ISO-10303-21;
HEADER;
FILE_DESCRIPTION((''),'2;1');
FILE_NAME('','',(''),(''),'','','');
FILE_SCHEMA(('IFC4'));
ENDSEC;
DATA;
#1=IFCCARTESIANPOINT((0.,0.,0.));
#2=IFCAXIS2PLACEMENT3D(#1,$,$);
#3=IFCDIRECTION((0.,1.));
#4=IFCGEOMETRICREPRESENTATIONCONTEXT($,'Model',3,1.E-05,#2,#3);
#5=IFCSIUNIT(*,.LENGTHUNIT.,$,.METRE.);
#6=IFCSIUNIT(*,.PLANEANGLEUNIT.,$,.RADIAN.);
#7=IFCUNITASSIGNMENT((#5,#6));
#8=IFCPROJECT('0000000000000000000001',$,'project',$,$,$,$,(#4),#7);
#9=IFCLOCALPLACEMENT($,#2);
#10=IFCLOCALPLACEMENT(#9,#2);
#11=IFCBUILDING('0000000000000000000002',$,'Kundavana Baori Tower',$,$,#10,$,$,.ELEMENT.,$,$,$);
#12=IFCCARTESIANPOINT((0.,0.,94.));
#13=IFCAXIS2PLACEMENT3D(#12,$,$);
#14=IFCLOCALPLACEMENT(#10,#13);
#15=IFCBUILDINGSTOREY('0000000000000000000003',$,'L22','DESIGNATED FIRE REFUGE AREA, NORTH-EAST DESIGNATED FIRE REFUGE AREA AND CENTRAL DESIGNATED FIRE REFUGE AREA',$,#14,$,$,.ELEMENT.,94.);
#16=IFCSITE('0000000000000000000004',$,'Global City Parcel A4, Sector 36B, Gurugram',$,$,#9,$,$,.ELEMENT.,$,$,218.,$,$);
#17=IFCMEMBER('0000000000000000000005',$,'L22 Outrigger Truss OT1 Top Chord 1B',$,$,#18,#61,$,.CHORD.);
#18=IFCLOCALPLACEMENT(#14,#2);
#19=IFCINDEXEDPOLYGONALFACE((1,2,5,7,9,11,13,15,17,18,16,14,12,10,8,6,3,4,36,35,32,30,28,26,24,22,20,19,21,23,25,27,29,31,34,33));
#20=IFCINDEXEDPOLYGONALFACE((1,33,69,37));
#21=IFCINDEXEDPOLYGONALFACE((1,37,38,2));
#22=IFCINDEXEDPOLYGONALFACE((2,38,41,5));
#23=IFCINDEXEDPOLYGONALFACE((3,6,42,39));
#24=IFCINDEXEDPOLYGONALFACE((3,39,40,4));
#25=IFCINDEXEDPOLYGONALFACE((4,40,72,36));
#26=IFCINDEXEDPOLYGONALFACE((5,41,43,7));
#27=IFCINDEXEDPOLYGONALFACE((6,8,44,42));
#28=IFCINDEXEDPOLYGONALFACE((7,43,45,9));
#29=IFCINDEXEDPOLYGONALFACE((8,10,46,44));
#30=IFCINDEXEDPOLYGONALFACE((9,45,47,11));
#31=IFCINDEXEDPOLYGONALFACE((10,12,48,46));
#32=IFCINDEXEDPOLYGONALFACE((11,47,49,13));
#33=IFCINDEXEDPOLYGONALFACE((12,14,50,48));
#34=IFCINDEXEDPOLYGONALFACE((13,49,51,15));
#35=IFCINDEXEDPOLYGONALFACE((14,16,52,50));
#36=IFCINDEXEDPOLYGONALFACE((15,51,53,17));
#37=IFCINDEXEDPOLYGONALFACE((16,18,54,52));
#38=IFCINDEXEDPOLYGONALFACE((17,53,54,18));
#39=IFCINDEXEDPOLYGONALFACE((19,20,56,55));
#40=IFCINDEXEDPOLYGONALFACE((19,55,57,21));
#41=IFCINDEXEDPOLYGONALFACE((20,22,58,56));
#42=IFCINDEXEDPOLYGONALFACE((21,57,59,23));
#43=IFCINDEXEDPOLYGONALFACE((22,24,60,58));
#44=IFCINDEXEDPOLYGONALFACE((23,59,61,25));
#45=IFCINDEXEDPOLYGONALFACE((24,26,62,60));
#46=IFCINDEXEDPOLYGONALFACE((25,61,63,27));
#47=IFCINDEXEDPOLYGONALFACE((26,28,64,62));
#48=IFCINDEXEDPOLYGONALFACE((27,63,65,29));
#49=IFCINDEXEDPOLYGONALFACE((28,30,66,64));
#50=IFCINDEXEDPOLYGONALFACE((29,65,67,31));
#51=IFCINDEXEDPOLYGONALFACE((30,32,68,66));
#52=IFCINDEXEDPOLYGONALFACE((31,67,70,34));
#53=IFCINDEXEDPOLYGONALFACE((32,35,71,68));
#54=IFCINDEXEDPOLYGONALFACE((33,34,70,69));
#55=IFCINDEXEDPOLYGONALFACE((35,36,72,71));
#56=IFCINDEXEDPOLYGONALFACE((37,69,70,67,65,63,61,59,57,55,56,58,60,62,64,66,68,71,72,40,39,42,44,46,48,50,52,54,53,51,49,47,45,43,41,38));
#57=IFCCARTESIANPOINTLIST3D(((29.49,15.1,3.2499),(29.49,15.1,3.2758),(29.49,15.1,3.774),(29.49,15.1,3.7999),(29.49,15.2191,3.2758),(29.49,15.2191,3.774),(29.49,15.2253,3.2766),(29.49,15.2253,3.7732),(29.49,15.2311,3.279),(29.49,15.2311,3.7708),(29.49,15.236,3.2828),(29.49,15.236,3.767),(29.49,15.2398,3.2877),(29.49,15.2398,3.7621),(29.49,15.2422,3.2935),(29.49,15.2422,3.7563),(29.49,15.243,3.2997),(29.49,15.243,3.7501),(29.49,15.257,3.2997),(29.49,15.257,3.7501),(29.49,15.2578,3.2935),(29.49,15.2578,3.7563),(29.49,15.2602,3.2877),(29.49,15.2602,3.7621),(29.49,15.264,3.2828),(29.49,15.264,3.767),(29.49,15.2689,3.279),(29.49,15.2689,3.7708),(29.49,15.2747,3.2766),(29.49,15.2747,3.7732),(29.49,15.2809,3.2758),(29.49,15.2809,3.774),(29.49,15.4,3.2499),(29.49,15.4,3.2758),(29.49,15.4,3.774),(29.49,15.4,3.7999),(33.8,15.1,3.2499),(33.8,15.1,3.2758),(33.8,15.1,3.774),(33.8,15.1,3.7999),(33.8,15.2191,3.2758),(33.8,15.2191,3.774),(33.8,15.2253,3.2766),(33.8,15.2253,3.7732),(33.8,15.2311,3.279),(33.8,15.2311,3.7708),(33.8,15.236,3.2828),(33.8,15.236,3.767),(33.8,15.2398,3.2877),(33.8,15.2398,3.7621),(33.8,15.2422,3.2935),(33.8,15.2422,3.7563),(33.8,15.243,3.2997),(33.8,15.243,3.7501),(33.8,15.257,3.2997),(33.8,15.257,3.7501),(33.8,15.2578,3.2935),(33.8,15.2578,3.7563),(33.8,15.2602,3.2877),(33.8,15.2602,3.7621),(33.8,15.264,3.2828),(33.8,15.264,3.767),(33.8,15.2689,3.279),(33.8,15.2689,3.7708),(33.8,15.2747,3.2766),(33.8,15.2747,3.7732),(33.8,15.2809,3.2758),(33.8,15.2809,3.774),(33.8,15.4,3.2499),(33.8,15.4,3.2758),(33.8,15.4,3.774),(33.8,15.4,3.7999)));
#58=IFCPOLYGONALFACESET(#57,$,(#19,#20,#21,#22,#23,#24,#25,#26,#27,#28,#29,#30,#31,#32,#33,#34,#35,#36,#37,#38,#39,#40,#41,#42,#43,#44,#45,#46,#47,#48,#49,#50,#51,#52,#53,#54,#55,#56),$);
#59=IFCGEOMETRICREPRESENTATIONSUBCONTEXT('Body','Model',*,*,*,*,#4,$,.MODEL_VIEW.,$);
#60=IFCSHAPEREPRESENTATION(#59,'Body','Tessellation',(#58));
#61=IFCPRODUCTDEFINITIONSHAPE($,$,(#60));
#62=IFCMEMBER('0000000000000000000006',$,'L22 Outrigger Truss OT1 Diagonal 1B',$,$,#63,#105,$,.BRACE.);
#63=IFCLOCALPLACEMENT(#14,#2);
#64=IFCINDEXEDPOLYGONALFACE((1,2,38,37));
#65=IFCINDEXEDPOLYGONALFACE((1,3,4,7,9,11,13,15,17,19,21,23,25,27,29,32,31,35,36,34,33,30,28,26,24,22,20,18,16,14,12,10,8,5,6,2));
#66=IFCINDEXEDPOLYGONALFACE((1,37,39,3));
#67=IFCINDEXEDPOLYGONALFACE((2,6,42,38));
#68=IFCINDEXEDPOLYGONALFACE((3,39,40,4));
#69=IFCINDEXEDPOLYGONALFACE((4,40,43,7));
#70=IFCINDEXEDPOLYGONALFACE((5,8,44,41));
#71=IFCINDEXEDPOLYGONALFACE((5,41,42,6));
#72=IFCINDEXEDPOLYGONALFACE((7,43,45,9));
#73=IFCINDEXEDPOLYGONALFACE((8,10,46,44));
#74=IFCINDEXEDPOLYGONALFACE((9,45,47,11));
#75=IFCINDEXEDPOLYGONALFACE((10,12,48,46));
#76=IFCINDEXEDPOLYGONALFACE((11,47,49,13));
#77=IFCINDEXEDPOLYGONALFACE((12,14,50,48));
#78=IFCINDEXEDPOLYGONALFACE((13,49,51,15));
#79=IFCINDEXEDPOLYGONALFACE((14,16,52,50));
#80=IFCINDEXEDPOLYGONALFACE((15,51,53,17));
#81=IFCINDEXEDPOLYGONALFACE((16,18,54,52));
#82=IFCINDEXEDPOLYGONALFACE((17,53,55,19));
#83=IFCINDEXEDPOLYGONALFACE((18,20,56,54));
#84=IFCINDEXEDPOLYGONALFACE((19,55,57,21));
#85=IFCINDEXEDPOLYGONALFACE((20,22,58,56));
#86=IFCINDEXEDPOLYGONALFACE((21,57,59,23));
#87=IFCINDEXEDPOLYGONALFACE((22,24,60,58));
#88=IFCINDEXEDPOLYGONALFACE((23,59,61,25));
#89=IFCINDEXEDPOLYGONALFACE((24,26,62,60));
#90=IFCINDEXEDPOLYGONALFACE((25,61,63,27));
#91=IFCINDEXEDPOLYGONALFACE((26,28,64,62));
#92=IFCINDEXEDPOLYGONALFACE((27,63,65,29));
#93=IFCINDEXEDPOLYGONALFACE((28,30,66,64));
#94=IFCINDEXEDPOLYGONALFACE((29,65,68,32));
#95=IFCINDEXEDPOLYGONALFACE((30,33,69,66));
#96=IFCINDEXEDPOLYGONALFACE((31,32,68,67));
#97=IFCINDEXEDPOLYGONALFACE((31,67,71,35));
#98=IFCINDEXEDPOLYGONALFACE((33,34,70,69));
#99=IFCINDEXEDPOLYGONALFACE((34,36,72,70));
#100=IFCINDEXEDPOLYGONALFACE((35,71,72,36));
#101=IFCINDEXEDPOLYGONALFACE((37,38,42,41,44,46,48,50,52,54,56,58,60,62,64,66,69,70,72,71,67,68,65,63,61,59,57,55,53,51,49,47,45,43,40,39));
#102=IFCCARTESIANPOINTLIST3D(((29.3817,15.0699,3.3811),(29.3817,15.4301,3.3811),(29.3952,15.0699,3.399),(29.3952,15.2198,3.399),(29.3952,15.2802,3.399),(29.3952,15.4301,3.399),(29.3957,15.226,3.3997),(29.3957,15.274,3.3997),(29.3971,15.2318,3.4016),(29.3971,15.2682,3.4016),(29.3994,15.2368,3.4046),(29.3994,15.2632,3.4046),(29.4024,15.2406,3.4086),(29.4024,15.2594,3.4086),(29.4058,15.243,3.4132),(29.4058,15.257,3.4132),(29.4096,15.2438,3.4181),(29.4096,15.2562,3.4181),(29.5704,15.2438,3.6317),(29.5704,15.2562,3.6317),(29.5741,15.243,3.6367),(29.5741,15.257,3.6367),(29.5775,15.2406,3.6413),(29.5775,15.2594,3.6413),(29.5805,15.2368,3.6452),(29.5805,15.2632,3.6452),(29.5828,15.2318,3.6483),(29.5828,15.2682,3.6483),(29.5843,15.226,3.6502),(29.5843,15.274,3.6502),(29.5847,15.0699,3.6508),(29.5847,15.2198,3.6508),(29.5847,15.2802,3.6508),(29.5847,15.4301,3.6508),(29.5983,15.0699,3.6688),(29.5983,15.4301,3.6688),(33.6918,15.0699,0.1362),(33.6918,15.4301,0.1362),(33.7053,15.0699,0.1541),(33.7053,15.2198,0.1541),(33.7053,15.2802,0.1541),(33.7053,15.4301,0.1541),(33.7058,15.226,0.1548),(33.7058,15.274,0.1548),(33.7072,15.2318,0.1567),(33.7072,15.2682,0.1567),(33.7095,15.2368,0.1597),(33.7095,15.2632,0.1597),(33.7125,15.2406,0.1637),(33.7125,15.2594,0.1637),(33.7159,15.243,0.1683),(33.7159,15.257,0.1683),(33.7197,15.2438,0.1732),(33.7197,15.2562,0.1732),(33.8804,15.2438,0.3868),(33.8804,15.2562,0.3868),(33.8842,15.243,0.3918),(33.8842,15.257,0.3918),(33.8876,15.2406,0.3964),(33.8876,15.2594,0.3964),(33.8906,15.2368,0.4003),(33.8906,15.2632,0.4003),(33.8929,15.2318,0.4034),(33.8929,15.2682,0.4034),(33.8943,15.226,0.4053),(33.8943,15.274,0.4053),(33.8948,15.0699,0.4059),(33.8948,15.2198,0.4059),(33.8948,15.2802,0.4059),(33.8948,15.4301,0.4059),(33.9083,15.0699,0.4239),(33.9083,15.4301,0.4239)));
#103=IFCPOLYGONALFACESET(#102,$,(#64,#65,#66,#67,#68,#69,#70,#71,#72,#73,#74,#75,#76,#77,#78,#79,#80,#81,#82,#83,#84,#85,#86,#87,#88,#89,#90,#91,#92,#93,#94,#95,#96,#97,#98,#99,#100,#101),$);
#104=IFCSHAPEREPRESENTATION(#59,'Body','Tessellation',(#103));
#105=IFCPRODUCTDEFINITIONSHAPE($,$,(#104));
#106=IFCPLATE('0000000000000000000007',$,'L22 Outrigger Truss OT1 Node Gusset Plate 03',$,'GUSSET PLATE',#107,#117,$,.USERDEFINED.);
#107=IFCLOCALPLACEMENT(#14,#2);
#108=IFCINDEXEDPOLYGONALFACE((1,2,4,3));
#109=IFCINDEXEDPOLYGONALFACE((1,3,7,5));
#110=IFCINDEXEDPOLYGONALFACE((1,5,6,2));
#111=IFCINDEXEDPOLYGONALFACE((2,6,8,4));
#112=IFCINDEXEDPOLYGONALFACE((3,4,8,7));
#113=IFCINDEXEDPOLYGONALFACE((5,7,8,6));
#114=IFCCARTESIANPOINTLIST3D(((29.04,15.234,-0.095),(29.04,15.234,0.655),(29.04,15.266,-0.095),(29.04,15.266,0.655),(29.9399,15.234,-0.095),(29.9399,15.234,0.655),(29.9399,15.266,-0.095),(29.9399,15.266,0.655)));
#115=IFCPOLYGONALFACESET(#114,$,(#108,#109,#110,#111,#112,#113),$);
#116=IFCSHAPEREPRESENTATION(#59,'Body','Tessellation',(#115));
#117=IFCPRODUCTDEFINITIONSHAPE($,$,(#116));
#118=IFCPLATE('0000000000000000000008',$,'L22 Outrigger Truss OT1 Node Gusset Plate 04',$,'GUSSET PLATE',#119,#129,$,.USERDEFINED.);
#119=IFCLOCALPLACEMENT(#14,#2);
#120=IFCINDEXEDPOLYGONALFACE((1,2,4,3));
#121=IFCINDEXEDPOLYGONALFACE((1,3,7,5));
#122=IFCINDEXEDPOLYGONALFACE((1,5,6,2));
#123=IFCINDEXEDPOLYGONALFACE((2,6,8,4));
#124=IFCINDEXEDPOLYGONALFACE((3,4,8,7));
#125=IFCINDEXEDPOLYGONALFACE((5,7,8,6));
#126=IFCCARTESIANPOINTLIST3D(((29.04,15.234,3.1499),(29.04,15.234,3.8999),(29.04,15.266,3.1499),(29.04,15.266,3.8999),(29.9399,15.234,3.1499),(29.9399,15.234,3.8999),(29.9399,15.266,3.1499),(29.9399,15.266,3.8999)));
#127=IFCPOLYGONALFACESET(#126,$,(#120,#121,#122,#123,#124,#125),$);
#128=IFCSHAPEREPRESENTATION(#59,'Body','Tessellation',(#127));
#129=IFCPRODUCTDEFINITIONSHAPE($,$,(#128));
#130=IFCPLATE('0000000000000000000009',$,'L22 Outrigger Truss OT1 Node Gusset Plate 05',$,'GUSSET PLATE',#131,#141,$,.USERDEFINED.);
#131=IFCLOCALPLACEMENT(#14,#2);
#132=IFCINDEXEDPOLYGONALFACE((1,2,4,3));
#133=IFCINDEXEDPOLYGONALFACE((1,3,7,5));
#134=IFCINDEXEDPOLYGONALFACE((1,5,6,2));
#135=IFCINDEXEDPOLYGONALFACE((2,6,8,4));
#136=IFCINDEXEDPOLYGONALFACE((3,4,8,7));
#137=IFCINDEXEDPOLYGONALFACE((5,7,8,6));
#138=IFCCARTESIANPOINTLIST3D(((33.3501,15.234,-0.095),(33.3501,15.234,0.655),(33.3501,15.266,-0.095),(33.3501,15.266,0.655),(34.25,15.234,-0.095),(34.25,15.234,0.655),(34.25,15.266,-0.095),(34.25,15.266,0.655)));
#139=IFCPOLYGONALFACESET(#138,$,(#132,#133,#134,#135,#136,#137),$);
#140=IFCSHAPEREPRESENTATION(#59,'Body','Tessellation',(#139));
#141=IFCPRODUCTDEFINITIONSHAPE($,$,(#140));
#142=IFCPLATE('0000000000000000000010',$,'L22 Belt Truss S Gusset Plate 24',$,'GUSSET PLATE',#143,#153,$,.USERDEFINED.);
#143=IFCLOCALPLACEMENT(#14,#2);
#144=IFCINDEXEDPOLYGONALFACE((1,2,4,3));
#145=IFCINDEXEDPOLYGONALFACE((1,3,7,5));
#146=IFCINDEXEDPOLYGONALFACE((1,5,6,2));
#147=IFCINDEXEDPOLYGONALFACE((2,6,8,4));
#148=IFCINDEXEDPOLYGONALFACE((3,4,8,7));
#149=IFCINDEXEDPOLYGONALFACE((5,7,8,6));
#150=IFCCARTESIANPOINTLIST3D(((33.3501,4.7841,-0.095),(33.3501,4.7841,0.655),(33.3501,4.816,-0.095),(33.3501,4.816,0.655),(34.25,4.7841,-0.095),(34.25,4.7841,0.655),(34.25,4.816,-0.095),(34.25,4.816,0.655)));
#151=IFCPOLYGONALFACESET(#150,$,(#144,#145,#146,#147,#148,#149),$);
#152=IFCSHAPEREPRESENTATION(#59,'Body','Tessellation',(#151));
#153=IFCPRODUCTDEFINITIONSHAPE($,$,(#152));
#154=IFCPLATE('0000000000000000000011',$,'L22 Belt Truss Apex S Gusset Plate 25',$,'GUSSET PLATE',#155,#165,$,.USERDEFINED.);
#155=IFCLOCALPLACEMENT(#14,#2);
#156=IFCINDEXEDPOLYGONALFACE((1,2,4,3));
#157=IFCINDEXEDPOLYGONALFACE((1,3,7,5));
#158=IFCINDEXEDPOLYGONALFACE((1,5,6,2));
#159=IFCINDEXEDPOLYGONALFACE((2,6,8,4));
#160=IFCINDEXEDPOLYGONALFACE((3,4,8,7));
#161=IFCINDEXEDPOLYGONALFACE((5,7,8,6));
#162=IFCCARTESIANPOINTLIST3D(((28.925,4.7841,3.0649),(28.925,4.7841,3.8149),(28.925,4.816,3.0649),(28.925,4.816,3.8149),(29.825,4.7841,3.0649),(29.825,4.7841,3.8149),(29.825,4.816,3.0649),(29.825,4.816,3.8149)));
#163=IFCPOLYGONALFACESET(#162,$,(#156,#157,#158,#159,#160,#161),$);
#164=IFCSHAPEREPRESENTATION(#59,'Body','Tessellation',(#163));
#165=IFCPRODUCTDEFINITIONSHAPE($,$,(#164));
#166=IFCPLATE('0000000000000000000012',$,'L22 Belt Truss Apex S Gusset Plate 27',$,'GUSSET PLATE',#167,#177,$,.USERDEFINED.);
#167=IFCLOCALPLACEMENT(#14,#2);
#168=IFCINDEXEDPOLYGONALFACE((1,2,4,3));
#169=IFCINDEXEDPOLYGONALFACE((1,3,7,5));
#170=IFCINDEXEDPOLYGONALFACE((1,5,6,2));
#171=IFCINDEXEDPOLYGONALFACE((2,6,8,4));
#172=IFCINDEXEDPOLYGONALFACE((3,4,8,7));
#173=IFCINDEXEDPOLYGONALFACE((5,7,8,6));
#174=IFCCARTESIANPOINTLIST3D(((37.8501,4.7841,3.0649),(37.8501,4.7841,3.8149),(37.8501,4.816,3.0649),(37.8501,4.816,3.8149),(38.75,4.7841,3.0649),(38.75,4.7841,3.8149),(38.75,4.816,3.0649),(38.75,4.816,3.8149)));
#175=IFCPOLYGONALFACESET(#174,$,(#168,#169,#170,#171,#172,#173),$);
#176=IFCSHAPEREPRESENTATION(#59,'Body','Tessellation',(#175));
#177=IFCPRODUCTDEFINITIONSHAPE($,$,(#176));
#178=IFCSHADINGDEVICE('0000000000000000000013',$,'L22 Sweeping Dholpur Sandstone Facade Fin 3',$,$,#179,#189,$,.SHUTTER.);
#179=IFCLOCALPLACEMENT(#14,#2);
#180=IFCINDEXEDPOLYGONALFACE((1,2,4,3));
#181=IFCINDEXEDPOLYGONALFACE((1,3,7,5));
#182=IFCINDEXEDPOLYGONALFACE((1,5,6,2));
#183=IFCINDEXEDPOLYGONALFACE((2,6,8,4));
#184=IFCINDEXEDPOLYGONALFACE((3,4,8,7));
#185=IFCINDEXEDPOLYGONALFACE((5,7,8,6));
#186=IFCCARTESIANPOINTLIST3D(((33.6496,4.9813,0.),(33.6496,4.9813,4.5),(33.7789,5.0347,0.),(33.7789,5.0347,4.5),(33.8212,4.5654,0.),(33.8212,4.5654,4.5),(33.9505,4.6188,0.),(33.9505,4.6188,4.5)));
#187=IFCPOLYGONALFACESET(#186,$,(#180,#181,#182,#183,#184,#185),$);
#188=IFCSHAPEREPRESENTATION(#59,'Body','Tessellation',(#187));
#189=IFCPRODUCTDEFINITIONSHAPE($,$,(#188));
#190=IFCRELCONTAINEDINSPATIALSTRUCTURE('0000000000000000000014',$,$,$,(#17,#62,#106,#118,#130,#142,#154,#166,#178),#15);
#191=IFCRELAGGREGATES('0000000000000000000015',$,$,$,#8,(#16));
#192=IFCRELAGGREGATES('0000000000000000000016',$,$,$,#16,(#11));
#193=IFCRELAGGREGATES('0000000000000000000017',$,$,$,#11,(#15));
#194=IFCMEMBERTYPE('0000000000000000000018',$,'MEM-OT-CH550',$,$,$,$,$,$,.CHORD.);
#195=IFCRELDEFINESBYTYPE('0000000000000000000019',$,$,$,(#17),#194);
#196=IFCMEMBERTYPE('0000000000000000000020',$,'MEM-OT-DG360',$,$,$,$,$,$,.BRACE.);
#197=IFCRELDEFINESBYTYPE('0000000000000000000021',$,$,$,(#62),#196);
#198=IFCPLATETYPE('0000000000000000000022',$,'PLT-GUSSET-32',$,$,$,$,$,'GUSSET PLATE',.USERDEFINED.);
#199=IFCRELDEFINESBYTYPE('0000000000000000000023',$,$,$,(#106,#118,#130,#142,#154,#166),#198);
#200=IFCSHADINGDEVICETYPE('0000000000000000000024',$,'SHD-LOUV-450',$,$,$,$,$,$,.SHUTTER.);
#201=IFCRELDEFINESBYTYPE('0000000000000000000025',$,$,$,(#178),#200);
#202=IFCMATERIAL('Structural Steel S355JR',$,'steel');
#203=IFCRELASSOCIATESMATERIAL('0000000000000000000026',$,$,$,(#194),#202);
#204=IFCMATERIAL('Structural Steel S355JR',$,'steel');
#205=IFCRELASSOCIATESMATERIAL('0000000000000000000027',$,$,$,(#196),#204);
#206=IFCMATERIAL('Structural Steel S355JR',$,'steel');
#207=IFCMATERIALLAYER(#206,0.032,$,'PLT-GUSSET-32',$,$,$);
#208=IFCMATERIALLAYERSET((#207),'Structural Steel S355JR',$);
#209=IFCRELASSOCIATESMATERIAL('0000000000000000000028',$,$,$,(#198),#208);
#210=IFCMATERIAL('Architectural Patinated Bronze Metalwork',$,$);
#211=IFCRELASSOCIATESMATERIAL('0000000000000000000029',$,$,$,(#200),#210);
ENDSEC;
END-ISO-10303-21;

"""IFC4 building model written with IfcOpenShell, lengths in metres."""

from ifc_helpers import new_model, si_unit, direction, frame, origin, origin_2d, place, context, subcontext, project, spatial, rectangle, i_section, extrude, material, layer, layer_set, material_profile, profile_set, type_object, element, save


model = new_model("IFC4")

# Units and contexts
model_context = context("Model", 3, precision=1e-05, world=origin(), true_north=direction((0.0, 1.0)))
body_context = subcontext(model_context, "Body", "Model", "MODEL_VIEW")
ifc_project = project(units=[si_unit("LENGTHUNIT", "METRE"), si_unit("PLANEANGLEUNIT", "RADIAN")], contexts=[model_context])

# Site, building, storey
site_placement = place(None, origin())
site = spatial("IfcSite", under=ifc_project, at=site_placement, Name="Global City Parcel A4, Sector 36B, Gurugram", CompositionType="ELEMENT", RefElevation=218.0)
building_placement = place(site_placement, origin())
building = spatial("IfcBuilding", under=site, at=building_placement, Name="Kundavana Baori Tower", CompositionType="ELEMENT")
storey_placement = place(building_placement, frame((0.0, 0.0, 94.0)))
storey = spatial("IfcBuildingStorey", under=building, at=storey_placement, Name="L22", Description="DESIGNATED FIRE REFUGE AREA, NORTH-EAST DESIGNATED FIRE REFUGE AREA AND CENTRAL DESIGNATED FIRE REFUGE AREA", CompositionType="ELEMENT", Elevation=94.0)

# Members
ifc_material_1 = material(Name="Structural Steel S355JR", Category="steel")
ifc_material_profile_1 = material_profile(ifc_material_1, i_section(OverallWidth=0.3, OverallDepth=0.55, WebThickness=0.0139, FlangeThickness=0.0259, FilletRadius=0.0239, at=origin_2d()), Name="WPB 550x300x166")
ifc_profile_set_1 = profile_set([ifc_material_profile_1], Name="Structural Steel S355JR")
member_type_1 = type_object("IfcMemberType", Name="MEM-OT-CH550", PredefinedType="CHORD", material=ifc_profile_set_1)
for number, where, z_axis, x_axis, name in (
    (1, (29.49, 15.25, 3.5249), (1.0, 0.0, 0.0), (0.0, 1.0, 0.0), "L22 Outrigger Truss OT1 Top Chord 1B"),
):
    element("IfcMember", number, at=place(storey_placement, frame(where, z_axis=z_axis, x_axis=x_axis)), inside=storey, type_object=member_type_1, Name=name, PredefinedType="CHORD", context=body_context, shape_type="SweptSolid", body=[
        extrude(i_section(OverallWidth=0.3, OverallDepth=0.55, WebThickness=0.0139, FlangeThickness=0.0259, FilletRadius=0.0239, at=origin_2d()), origin(), (0.0, 0.0, 1.0), 4.3101),
    ])
ifc_material_2 = material(Name="Structural Steel S355JR", Category="steel")
ifc_material_profile_2 = material_profile(ifc_material_2, i_section(OverallWidth=0.3601, OverallDepth=0.3601, WebThickness=0.0125, FlangeThickness=0.0225, FilletRadius=0.0239, at=origin_2d()), Name="WPB 360x360x142")
ifc_profile_set_2 = profile_set([ifc_material_profile_2], Name="Structural Steel S355JR")
member_type_2 = type_object("IfcMemberType", Name="MEM-OT-DG360", PredefinedType="BRACE", material=ifc_profile_set_2)
member_1_placement = place(storey_placement, frame((33.8, 15.25, 0.28), z_axis=(-0.798902, 0.0, 0.601462), x_axis=(0.0, -1.0, 0.0)))
element("IfcMember", 2, at=member_1_placement, inside=storey, type_object=member_type_2, Name="L22 Outrigger Truss OT1 Diagonal 1B", PredefinedType="BRACE", context=body_context, shape_type="SweptSolid", body=[
    extrude(i_section(OverallWidth=0.3601, OverallDepth=0.3601, WebThickness=0.0125, FlangeThickness=0.0225, FilletRadius=0.0239, at=origin_2d()), origin(), (0.0, 0.0, 1.0), 5.395),
])

# Plates
ifc_material_3 = material(Name="Structural Steel S355JR", Category="steel")
ifc_layer = layer(ifc_material_3, 0.032, Name="PLT-GUSSET-32")
ifc_layer_set = layer_set([ifc_layer], Name="Structural Steel S355JR")
plate_type = type_object("IfcPlateType", Name="PLT-GUSSET-32", ElementType="GUSSET PLATE", PredefinedType="USERDEFINED", material=ifc_layer_set)
for number, where, z_axis, x_axis, name in (
    (3, (29.49, 15.25, -0.095), (0.0, 0.0, 1.0), (1.0, 0.0, 0.0), "L22 Outrigger Truss OT1 Node Gusset Plate 03"),
    (4, (29.49, 15.25, 3.1499), (0.0, 0.0, 1.0), (1.0, 0.0, 0.0), "L22 Outrigger Truss OT1 Node Gusset Plate 04"),
    (5, (33.8, 15.25, -0.095), (0.0, 0.0, 1.0), (1.0, 0.0, 0.0), "L22 Outrigger Truss OT1 Node Gusset Plate 05"),
    (6, (33.8, 4.8, -0.095), (0.0, 0.0, 1.0), (1.0, 0.0, 0.0), "L22 Belt Truss S Gusset Plate 24"),
    (7, (29.375, 4.8, 3.0649), (0.0, 0.0, 1.0), (1.0, 0.0, 0.0), "L22 Belt Truss Apex S Gusset Plate 25"),
    (8, (38.3, 4.8, 3.0649), (0.0, 0.0, 1.0), (1.0, 0.0, 0.0), "L22 Belt Truss Apex S Gusset Plate 27"),
):
    element("IfcPlate", number, at=place(storey_placement, frame(where, z_axis=z_axis, x_axis=x_axis)), inside=storey, type_object=plate_type, Name=name, ObjectType="GUSSET PLATE", PredefinedType="USERDEFINED", context=body_context, shape_type="SweptSolid", body=[
        extrude(rectangle(XDim=0.8999, YDim=0.032, at=origin_2d()), origin(), (0.0, 0.0, 1.0), 0.75),
    ])

# Shading device
ifc_material_4 = material(Name="Architectural Patinated Bronze Metalwork")
shading_device_type = type_object("IfcShadingDeviceType", Name="SHD-LOUV-450", PredefinedType="SHUTTER", material=ifc_material_4)
shading_device_placement = place(storey_placement, frame((33.8, 4.8, 0.0), z_axis=(0.0, 0.0, 1.0), x_axis=(0.924346, 0.381554, 0.0)))
element("IfcShadingDevice", 9, at=shading_device_placement, inside=storey, type_object=shading_device_type, Name="L22 Sweeping Dholpur Sandstone Facade Fin 3", PredefinedType="SHUTTER", context=body_context, shape_type="SweptSolid", body=[
    extrude(rectangle(XDim=0.1399, YDim=0.45, at=origin_2d()), origin(), (0.0, 0.0, 1.0), 4.5),
])

save(model, "model.ifc")
